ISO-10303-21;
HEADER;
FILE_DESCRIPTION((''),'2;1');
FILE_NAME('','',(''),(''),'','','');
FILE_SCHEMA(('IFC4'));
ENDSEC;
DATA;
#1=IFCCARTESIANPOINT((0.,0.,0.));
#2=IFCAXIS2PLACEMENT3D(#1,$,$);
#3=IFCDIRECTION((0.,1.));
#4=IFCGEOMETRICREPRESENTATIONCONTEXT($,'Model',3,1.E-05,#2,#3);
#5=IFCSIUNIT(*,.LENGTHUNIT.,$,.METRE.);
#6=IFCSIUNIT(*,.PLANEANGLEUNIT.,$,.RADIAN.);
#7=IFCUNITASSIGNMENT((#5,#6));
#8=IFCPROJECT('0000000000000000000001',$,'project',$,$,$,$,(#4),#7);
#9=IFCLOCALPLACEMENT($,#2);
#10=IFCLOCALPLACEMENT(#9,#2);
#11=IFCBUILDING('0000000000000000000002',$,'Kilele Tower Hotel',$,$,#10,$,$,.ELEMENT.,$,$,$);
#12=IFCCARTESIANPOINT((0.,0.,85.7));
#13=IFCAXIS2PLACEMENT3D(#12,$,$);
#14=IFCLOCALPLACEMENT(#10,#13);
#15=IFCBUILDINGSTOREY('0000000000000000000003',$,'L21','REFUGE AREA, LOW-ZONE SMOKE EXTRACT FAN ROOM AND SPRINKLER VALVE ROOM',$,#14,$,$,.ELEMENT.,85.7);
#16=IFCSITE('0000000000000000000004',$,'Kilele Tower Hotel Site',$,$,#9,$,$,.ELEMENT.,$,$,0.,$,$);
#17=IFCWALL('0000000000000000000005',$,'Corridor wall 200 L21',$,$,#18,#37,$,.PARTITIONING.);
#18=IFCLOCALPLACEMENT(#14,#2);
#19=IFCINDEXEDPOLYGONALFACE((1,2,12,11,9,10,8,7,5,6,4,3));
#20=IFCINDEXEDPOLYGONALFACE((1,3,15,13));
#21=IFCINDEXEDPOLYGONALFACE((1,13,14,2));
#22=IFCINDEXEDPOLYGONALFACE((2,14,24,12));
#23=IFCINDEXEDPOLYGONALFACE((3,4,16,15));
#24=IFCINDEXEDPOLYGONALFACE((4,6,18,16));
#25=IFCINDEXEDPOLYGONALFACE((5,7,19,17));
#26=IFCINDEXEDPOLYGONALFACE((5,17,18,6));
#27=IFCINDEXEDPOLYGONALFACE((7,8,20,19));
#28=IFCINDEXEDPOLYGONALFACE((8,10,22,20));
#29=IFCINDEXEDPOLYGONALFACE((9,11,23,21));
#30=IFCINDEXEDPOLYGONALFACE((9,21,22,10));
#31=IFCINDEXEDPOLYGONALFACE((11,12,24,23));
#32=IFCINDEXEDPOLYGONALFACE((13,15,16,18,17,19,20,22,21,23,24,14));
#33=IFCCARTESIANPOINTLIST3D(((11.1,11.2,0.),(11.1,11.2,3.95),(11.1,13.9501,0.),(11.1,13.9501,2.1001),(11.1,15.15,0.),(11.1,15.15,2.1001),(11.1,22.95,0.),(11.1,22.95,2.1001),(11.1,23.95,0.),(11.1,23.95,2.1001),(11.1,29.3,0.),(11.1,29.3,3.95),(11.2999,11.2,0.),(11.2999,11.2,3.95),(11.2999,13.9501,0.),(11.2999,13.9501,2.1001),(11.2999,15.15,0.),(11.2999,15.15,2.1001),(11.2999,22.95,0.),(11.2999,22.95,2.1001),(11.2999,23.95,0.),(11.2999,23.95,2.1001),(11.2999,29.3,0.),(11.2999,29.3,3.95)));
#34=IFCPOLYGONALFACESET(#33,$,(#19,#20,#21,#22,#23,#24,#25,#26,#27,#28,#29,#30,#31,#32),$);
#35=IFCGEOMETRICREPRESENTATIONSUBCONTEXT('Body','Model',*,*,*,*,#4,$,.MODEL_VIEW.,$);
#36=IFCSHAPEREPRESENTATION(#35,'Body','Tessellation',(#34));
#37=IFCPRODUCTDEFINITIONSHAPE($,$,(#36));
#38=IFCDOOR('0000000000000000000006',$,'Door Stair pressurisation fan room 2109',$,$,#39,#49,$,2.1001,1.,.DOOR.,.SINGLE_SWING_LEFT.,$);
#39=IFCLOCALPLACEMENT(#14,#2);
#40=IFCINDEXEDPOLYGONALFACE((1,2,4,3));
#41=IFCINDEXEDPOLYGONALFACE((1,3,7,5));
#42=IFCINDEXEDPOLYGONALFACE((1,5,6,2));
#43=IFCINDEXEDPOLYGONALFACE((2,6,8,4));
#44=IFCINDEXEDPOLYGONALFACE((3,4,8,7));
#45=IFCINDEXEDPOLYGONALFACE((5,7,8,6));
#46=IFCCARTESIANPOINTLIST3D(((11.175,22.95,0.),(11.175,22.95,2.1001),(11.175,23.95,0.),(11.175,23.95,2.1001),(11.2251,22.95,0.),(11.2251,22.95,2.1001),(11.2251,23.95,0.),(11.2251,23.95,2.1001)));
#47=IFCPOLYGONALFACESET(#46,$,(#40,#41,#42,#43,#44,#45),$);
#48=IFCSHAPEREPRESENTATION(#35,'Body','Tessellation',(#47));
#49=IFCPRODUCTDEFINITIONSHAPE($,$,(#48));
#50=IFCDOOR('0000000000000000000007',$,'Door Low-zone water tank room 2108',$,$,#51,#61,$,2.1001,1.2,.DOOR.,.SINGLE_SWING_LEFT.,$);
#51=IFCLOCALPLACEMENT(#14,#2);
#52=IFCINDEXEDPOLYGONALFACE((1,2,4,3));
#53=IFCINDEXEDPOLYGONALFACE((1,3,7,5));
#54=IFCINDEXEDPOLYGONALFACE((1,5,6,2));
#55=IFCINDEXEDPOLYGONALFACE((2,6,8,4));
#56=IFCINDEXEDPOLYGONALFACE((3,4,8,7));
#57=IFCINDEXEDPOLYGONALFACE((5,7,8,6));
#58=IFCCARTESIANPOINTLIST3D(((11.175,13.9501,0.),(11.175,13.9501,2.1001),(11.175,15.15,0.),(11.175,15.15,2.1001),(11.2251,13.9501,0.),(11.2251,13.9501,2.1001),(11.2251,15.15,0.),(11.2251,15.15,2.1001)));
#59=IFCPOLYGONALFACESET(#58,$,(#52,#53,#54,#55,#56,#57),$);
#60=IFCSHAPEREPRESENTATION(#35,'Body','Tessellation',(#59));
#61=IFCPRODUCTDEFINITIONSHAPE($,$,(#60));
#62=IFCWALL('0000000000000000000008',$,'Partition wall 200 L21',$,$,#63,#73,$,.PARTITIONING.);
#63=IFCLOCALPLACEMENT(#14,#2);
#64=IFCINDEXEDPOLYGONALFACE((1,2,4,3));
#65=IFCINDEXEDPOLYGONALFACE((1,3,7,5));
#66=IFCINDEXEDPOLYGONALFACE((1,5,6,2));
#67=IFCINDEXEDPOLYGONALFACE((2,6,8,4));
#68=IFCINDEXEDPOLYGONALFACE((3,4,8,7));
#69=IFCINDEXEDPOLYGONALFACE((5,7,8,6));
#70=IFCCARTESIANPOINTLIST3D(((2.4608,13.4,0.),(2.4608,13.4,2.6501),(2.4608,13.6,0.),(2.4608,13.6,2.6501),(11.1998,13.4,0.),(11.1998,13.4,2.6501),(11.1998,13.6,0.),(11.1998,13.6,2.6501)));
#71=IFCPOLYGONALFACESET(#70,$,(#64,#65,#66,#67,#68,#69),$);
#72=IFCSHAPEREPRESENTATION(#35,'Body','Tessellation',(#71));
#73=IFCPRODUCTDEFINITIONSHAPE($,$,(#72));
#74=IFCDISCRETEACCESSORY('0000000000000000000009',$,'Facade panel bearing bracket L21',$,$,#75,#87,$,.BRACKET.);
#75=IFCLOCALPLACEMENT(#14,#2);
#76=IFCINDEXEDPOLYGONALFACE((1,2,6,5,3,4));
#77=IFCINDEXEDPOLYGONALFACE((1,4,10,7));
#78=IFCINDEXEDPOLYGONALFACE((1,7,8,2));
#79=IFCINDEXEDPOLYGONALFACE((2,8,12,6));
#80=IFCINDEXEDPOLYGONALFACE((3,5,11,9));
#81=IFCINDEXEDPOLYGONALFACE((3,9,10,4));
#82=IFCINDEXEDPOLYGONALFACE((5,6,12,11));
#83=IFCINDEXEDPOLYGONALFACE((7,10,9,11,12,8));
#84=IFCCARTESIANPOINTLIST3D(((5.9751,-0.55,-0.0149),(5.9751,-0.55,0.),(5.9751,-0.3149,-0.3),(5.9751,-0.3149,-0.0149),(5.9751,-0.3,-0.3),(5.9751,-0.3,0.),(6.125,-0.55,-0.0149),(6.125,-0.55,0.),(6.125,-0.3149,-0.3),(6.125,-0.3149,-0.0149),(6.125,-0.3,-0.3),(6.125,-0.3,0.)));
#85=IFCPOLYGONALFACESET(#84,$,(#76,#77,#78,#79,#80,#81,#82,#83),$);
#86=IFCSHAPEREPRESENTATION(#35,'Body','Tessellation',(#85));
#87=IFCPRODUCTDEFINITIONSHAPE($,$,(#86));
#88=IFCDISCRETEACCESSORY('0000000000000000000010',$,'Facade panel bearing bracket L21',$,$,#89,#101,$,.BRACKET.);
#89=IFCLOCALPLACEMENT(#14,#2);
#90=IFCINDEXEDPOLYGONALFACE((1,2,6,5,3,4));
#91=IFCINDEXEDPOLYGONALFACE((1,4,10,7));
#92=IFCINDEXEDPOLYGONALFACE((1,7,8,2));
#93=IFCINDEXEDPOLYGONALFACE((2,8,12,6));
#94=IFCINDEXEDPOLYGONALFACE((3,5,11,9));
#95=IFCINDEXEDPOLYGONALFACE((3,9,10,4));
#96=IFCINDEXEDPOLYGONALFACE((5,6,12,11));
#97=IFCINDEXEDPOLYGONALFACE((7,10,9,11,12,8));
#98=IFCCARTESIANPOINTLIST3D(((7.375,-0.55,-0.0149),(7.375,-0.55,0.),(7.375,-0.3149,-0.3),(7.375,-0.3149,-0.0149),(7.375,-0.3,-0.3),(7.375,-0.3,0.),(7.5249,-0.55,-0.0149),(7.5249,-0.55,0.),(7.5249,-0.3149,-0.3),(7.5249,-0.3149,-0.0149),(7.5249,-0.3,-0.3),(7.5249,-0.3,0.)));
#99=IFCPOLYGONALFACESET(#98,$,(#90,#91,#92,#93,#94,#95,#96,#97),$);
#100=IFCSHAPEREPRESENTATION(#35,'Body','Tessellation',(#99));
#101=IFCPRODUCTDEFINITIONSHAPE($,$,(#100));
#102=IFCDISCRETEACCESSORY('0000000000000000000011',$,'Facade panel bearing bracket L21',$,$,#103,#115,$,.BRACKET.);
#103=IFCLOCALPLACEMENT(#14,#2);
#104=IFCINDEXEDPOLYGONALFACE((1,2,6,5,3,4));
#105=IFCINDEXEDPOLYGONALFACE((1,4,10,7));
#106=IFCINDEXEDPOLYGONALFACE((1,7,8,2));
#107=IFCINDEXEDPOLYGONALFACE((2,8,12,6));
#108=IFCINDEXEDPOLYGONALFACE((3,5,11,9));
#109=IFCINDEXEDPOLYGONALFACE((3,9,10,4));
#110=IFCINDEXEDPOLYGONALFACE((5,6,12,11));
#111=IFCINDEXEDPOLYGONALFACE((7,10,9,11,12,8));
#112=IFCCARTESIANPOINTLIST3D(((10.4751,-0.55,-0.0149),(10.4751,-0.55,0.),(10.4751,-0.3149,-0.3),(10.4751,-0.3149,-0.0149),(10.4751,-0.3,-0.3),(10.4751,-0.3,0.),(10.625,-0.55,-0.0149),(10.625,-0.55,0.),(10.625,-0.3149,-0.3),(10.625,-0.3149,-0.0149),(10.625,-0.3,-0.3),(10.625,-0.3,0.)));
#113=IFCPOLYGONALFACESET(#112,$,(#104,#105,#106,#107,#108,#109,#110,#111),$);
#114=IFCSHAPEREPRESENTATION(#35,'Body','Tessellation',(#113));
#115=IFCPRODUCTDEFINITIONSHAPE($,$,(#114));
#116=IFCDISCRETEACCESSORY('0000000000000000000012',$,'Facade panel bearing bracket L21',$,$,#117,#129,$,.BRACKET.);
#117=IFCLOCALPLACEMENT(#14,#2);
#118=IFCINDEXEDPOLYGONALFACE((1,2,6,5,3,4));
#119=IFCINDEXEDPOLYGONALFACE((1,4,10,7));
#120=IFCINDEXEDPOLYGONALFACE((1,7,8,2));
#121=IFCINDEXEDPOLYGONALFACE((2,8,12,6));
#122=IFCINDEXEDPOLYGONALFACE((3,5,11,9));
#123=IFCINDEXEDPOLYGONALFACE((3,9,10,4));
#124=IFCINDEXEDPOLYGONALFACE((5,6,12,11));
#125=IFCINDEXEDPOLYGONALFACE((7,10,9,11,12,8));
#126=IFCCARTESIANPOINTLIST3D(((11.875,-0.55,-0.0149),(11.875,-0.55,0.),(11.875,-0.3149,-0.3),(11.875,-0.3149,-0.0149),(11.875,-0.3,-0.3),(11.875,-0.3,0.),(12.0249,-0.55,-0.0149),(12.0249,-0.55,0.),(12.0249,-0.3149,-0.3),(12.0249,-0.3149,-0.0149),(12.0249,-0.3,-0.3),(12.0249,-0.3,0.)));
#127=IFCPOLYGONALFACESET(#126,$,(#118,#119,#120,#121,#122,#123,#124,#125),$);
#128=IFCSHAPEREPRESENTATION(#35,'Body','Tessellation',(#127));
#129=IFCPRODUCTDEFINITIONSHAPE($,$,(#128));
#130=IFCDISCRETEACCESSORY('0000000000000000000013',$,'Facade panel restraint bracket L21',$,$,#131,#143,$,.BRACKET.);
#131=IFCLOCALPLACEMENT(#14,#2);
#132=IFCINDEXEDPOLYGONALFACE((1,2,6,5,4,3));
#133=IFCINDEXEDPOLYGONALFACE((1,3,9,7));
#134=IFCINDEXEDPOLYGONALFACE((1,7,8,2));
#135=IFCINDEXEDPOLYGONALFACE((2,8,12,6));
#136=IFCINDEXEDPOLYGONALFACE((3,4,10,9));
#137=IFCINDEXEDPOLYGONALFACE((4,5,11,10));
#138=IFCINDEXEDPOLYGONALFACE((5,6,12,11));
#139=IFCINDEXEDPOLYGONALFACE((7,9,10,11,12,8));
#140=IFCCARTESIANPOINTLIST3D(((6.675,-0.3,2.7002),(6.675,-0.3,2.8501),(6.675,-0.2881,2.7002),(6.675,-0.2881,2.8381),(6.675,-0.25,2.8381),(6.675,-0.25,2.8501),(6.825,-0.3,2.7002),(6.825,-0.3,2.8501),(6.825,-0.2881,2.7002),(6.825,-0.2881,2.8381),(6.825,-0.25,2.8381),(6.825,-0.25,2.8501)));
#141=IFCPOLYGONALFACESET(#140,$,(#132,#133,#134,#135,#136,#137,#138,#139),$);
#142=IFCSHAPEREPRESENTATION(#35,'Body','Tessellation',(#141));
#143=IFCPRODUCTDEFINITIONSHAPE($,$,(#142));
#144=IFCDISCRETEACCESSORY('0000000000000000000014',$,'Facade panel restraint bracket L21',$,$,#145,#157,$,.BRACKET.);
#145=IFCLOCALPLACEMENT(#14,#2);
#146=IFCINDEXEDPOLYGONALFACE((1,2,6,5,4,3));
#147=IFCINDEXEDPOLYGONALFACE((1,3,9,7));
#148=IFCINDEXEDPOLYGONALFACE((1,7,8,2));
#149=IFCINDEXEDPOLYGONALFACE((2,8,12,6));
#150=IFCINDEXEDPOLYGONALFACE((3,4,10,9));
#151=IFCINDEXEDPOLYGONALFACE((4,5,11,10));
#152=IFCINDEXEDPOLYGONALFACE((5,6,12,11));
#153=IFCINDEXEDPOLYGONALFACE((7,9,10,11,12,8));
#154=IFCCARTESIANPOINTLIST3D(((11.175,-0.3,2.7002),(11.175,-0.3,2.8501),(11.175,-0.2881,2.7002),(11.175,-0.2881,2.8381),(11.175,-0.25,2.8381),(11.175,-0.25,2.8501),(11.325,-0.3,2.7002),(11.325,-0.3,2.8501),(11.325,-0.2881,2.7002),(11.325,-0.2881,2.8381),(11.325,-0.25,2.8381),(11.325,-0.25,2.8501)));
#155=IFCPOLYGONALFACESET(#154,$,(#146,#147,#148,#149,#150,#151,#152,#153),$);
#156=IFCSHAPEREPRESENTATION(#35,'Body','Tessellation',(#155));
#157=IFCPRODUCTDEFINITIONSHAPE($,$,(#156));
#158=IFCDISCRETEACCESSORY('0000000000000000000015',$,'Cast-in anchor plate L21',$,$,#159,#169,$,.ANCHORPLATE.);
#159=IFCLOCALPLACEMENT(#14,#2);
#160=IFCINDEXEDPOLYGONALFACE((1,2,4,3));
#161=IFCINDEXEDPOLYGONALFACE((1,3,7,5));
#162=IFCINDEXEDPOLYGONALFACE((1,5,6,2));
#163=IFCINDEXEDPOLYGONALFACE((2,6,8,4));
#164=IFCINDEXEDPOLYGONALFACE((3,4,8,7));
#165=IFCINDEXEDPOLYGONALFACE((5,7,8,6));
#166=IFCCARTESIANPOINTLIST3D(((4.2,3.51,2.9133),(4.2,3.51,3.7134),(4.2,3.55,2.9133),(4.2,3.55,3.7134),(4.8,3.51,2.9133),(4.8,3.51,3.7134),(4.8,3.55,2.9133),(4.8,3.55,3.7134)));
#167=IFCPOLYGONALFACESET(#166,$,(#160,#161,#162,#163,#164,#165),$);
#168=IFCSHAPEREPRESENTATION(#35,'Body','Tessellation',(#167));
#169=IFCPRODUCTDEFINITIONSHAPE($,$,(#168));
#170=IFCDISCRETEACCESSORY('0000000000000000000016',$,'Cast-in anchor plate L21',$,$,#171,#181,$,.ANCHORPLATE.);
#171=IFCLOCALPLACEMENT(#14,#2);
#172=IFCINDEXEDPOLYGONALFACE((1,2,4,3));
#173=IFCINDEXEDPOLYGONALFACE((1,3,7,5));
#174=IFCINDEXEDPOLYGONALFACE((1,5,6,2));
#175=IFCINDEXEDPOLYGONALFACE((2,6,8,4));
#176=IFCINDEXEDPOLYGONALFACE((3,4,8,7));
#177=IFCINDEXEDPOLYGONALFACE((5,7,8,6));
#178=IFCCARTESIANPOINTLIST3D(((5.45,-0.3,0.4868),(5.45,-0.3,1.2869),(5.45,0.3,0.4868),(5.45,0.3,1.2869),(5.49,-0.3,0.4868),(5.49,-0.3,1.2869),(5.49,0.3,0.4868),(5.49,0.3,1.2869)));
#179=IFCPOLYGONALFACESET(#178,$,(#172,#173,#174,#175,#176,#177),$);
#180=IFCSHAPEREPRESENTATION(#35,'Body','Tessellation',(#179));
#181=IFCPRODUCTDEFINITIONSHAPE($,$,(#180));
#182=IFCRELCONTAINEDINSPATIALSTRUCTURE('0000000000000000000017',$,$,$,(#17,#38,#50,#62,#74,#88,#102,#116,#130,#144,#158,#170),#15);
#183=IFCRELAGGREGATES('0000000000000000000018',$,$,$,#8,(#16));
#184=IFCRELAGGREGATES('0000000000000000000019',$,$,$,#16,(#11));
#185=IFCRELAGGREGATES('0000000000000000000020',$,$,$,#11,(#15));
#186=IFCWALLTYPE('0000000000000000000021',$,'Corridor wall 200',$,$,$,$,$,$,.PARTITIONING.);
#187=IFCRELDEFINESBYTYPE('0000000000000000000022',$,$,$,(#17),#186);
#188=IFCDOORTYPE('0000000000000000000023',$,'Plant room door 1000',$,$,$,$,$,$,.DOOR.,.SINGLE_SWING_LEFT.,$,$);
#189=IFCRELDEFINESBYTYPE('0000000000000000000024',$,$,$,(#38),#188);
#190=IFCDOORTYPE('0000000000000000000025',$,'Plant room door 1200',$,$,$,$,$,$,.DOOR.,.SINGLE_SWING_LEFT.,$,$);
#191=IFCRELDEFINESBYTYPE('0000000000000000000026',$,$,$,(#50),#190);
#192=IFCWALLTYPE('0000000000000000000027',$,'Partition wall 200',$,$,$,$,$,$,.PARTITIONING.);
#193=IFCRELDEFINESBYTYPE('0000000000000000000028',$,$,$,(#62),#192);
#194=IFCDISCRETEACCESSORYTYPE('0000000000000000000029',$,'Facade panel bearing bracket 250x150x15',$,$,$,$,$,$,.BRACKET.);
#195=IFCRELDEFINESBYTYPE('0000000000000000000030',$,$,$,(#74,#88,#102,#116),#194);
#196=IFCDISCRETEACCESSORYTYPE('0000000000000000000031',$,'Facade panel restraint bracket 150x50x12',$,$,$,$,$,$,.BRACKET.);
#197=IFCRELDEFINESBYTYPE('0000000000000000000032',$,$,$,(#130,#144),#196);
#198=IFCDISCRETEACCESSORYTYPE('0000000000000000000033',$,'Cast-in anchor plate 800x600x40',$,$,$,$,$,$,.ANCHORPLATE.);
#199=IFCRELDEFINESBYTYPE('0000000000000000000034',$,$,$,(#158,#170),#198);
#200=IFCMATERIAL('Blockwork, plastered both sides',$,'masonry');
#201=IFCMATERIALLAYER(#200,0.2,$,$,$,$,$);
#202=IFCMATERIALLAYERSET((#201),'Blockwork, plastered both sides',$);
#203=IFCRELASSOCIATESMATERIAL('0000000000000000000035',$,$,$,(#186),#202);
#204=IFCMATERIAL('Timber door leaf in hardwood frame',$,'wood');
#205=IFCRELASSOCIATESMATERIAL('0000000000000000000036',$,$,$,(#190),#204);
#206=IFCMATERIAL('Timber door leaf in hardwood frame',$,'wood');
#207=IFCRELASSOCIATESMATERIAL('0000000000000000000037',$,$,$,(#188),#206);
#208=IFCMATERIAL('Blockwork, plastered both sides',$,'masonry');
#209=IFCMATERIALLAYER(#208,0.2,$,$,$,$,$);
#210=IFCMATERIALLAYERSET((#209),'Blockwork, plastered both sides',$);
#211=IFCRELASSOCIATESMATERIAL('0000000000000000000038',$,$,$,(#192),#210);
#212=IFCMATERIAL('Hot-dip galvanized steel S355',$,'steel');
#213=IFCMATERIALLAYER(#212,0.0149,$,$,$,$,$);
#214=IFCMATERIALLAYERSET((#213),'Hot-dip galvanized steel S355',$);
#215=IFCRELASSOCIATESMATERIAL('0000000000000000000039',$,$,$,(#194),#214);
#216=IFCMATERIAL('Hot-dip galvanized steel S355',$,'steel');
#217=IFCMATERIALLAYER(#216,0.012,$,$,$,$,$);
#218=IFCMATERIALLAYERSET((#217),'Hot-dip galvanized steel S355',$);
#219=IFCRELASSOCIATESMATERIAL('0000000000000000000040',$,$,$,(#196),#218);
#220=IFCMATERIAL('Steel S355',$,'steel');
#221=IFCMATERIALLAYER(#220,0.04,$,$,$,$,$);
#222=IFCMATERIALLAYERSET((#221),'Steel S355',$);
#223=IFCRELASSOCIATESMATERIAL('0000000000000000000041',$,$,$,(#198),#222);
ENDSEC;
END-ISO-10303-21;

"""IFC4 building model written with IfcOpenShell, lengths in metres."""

from ifc_helpers import new_model, si_unit, direction, frame, frame_2d, origin, place, context, subcontext, project, spatial, polyline, rectangle, outline, extrude, source, transform, mapped, material, layer, layer_set, type_object, element, fill, save


model = new_model("IFC4")

# Units and contexts
model_context = context("Model", 3, precision=1e-05, world=origin(), true_north=direction((0.0, 1.0)))
body_context = subcontext(model_context, "Body", "Model", "MODEL_VIEW")
ifc_project = project(units=[si_unit("LENGTHUNIT", "METRE"), si_unit("PLANEANGLEUNIT", "RADIAN")], contexts=[model_context])

# Site, building, storey
site_placement = place(None, origin())
site = spatial("IfcSite", under=ifc_project, at=site_placement, Name="Kilele Tower Hotel Site", CompositionType="ELEMENT", RefElevation=0.0)
building_placement = place(site_placement, origin())
building = spatial("IfcBuilding", under=site, at=building_placement, Name="Kilele Tower Hotel", CompositionType="ELEMENT")
storey_placement = place(building_placement, frame((0.0, 0.0, 85.7)))
storey = spatial("IfcBuildingStorey", under=building, at=storey_placement, Name="L21", Description="REFUGE AREA, LOW-ZONE SMOKE EXTRACT FAN ROOM AND SPRINKLER VALVE ROOM", CompositionType="ELEMENT", Elevation=85.7)

# Wall, openings, doors
ifc_material_1 = material(Name="Blockwork, plastered both sides", Category="masonry")
ifc_layer_1 = layer(ifc_material_1, 0.2)
ifc_layer_set_1 = layer_set([ifc_layer_1], Name="Blockwork, plastered both sides")
wall_type_1 = type_object("IfcWallType", Name="Corridor wall 200", PredefinedType="PARTITIONING", material=ifc_layer_set_1)
ifc_material_2 = material(Name="Timber door leaf in hardwood frame", Category="wood")
door_type_1 = type_object("IfcDoorType", Name="Plant room door 1200", OperationType="SINGLE_SWING_LEFT", PredefinedType="DOOR", material=ifc_material_2)
wall_1_placement = place(storey_placement, frame((11.2, 11.2, 0.0), z_axis=(0.0, 0.0, 1.0), x_axis=(0.0, 1.0, 0.0)))
wall_1 = element("IfcWall", 1, at=wall_1_placement, inside=storey, type_object=wall_type_1, Name="Corridor wall 200 L21", PredefinedType="PARTITIONING", context=body_context, shape_type="SweptSolid", body=[
    extrude(rectangle(XDim=18.1001, YDim=0.2, at=frame_2d((9.05, 0.0))), origin(), (0.0, 0.0, 1.0), 3.95),
])
opening_1_placement = place(wall_1_placement, frame((2.75, 0.0, 0.0)))
opening_1 = element("IfcOpeningElement", 2, at=opening_1_placement, cuts=wall_1, PredefinedType="OPENING", context=body_context, shape_type="SweptSolid", body=[
    extrude(rectangle(XDim=1.2, YDim=2.1001, at=frame_2d((0.6001, 1.05))), frame((0.0, 0.1099, 0.0), z_axis=(0.0, -1.0, 0.0), x_axis=(1.0, 0.0, 0.0)), (0.0, 0.0, 1.0), 0.22),
])
opening_2_placement = place(wall_1_placement, frame((11.75, 0.0, 0.0)))
opening_2 = element("IfcOpeningElement", 3, at=opening_2_placement, cuts=wall_1, PredefinedType="OPENING", context=body_context, shape_type="SweptSolid", body=[
    extrude(rectangle(XDim=1.0, YDim=2.1001, at=frame_2d((0.5, 1.05))), frame((0.0, 0.1099, 0.0), z_axis=(0.0, -1.0, 0.0), x_axis=(1.0, 0.0, 0.0)), (0.0, 0.0, 1.0), 0.22),
])
ifc_material_3 = material(Name="Timber door leaf in hardwood frame", Category="wood")
door_type_2 = type_object("IfcDoorType", Name="Plant room door 1000", OperationType="SINGLE_SWING_LEFT", PredefinedType="DOOR", material=ifc_material_3)
door_1_placement = place(opening_2_placement, origin())
door_1 = element("IfcDoor", 4, at=door_1_placement, inside=storey, type_object=door_type_2, Name="Door Stair pressurisation fan room 2109", OperationType="SINGLE_SWING_LEFT", OverallHeight=2.1001, OverallWidth=1.0, PredefinedType="DOOR", context=body_context, shape_type="SweptSolid", body=[
    extrude(rectangle(XDim=1.0, YDim=2.1001, at=frame_2d((0.5, 1.05))), frame((0.0, 0.0249, 0.0), z_axis=(0.0, -1.0, 0.0), x_axis=(1.0, 0.0, 0.0)), (0.0, 0.0, 1.0), 0.05),
])
fill(opening_2, door_1)
door_2_placement = place(opening_1_placement, origin())
door_2 = element("IfcDoor", 5, at=door_2_placement, inside=storey, type_object=door_type_1, Name="Door Low-zone water tank room 2108", OperationType="SINGLE_SWING_LEFT", OverallHeight=2.1001, OverallWidth=1.2, PredefinedType="DOOR", context=body_context, shape_type="SweptSolid", body=[
    extrude(rectangle(XDim=1.2, YDim=2.1001, at=frame_2d((0.6001, 1.05))), frame((0.0, 0.0249, 0.0), z_axis=(0.0, -1.0, 0.0), x_axis=(1.0, 0.0, 0.0)), (0.0, 0.0, 1.0), 0.05),
])
fill(opening_1, door_2)

# Wall
ifc_material_4 = material(Name="Blockwork, plastered both sides", Category="masonry")
ifc_layer_2 = layer(ifc_material_4, 0.2)
ifc_layer_set_2 = layer_set([ifc_layer_2], Name="Blockwork, plastered both sides")
wall_type_2 = type_object("IfcWallType", Name="Partition wall 200", PredefinedType="PARTITIONING", material=ifc_layer_set_2)
wall_2_placement = place(storey_placement, frame((11.2, 13.5, 0.0), z_axis=(0.0, 0.0, 1.0), x_axis=(-1.0, 0.0, 0.0)))
element("IfcWall", 6, at=wall_2_placement, inside=storey, type_object=wall_type_2, Name="Partition wall 200 L21", PredefinedType="PARTITIONING", context=body_context, shape_type="SweptSolid", body=[
    extrude(rectangle(XDim=8.739, YDim=0.2, at=frame_2d((4.3696, 0.0))), origin(), (0.0, 0.0, 1.0), 2.6501),
])

# Discrete accessories
ifc_material_5 = material(Name="Hot-dip galvanized steel S355", Category="steel")
ifc_layer_3 = layer(ifc_material_5, 0.0149)
ifc_layer_set_3 = layer_set([ifc_layer_3], Name="Hot-dip galvanized steel S355")
discrete_accessory_type_1 = type_object("IfcDiscreteAccessoryType", Name="Facade panel bearing bracket 250x150x15", PredefinedType="BRACKET", material=ifc_layer_set_3)
shared_shape_1 = source(origin(), body_context, "Body", "SweptSolid", [
    extrude(outline(polyline([(0.0, 0.0), (0.25, 0.0), (0.25, -0.0149), (0.0149, -0.0149), (0.0149, -0.3), (0.0, -0.3), (0.0, 0.0)])), origin(), (0.0, 0.0, 1.0), 0.1499),
])
for number, where, z_axis, x_axis, name in (
    (7, (6.125, -0.3, 0.0), (-1.0, 0.0, 0.0), (0.0, -1.0, 0.0), "Facade panel bearing bracket L21"),
    (8, (7.5249, -0.3, 0.0), (-1.0, 0.0, 0.0), (0.0, -1.0, 0.0), "Facade panel bearing bracket L21"),
    (9, (10.625, -0.3, 0.0), (-1.0, 0.0, 0.0), (0.0, -1.0, 0.0), "Facade panel bearing bracket L21"),
    (10, (12.0249, -0.3, 0.0), (-1.0, 0.0, 0.0), (0.0, -1.0, 0.0), "Facade panel bearing bracket L21"),
):
    element("IfcDiscreteAccessory", number, at=place(storey_placement, frame(where, z_axis=z_axis, x_axis=x_axis)), inside=storey, type_object=discrete_accessory_type_1, Name=name, PredefinedType="BRACKET", context=body_context, shape_type="MappedRepresentation", body=[
        mapped(shared_shape_1, transform((0.0, 0.0, 0.0))),
    ])
ifc_material_6 = material(Name="Hot-dip galvanized steel S355", Category="steel")
ifc_layer_4 = layer(ifc_material_6, 0.012)
ifc_layer_set_4 = layer_set([ifc_layer_4], Name="Hot-dip galvanized steel S355")
discrete_accessory_type_2 = type_object("IfcDiscreteAccessoryType", Name="Facade panel restraint bracket 150x50x12", PredefinedType="BRACKET", material=ifc_layer_set_4)
shared_shape_2 = source(origin(), body_context, "Body", "SweptSolid", [
    extrude(outline(polyline([(0.0, 0.0), (0.0, -0.1499), (-0.012, -0.1499), (-0.012, -0.012), (-0.05, -0.012), (-0.05, 0.0), (0.0, 0.0)])), origin(), (0.0, 0.0, 1.0), 0.1499),
])
for number, where, z_axis, x_axis, name in (
    (11, (6.825, -0.3, 2.8501), (-1.0, 0.0, 0.0), (0.0, -1.0, 0.0), "Facade panel restraint bracket L21"),
    (12, (11.325, -0.3, 2.8501), (-1.0, 0.0, 0.0), (0.0, -1.0, 0.0), "Facade panel restraint bracket L21"),
):
    element("IfcDiscreteAccessory", number, at=place(storey_placement, frame(where, z_axis=z_axis, x_axis=x_axis)), inside=storey, type_object=discrete_accessory_type_2, Name=name, PredefinedType="BRACKET", context=body_context, shape_type="MappedRepresentation", body=[
        mapped(shared_shape_2, transform((0.0, 0.0, 0.0))),
    ])
ifc_material_7 = material(Name="Steel S355", Category="steel")
ifc_layer_5 = layer(ifc_material_7, 0.04)
ifc_layer_set_5 = layer_set([ifc_layer_5], Name="Steel S355")
discrete_accessory_type_3 = type_object("IfcDiscreteAccessoryType", Name="Cast-in anchor plate 800x600x40", PredefinedType="ANCHORPLATE", material=ifc_layer_set_5)
shared_shape_3 = source(origin(), body_context, "Body", "SweptSolid", [
    extrude(outline(polyline([(0.0, 0.0), (0.04, 0.0), (0.04, 0.8), (0.0, 0.8), (0.0, 0.0)])), origin(), (0.0, 0.0, 1.0), 0.6001),
])
for number, where, z_axis, x_axis, name in (
    (13, (4.8, 3.55, 2.9133), (-1.0, 0.0, 0.0), (0.0, -1.0, 0.0), "Cast-in anchor plate L21"),
    (14, (5.45, 0.3, 0.4868), (0.0, -1.0, 0.0), (1.0, 0.0, 0.0), "Cast-in anchor plate L21"),
):
    element("IfcDiscreteAccessory", number, at=place(storey_placement, frame(where, z_axis=z_axis, x_axis=x_axis)), inside=storey, type_object=discrete_accessory_type_3, Name=name, PredefinedType="ANCHORPLATE", context=body_context, shape_type="MappedRepresentation", body=[
        mapped(shared_shape_3, transform((0.0, 0.0, 0.0))),
    ])

save(model, "model.ifc")
